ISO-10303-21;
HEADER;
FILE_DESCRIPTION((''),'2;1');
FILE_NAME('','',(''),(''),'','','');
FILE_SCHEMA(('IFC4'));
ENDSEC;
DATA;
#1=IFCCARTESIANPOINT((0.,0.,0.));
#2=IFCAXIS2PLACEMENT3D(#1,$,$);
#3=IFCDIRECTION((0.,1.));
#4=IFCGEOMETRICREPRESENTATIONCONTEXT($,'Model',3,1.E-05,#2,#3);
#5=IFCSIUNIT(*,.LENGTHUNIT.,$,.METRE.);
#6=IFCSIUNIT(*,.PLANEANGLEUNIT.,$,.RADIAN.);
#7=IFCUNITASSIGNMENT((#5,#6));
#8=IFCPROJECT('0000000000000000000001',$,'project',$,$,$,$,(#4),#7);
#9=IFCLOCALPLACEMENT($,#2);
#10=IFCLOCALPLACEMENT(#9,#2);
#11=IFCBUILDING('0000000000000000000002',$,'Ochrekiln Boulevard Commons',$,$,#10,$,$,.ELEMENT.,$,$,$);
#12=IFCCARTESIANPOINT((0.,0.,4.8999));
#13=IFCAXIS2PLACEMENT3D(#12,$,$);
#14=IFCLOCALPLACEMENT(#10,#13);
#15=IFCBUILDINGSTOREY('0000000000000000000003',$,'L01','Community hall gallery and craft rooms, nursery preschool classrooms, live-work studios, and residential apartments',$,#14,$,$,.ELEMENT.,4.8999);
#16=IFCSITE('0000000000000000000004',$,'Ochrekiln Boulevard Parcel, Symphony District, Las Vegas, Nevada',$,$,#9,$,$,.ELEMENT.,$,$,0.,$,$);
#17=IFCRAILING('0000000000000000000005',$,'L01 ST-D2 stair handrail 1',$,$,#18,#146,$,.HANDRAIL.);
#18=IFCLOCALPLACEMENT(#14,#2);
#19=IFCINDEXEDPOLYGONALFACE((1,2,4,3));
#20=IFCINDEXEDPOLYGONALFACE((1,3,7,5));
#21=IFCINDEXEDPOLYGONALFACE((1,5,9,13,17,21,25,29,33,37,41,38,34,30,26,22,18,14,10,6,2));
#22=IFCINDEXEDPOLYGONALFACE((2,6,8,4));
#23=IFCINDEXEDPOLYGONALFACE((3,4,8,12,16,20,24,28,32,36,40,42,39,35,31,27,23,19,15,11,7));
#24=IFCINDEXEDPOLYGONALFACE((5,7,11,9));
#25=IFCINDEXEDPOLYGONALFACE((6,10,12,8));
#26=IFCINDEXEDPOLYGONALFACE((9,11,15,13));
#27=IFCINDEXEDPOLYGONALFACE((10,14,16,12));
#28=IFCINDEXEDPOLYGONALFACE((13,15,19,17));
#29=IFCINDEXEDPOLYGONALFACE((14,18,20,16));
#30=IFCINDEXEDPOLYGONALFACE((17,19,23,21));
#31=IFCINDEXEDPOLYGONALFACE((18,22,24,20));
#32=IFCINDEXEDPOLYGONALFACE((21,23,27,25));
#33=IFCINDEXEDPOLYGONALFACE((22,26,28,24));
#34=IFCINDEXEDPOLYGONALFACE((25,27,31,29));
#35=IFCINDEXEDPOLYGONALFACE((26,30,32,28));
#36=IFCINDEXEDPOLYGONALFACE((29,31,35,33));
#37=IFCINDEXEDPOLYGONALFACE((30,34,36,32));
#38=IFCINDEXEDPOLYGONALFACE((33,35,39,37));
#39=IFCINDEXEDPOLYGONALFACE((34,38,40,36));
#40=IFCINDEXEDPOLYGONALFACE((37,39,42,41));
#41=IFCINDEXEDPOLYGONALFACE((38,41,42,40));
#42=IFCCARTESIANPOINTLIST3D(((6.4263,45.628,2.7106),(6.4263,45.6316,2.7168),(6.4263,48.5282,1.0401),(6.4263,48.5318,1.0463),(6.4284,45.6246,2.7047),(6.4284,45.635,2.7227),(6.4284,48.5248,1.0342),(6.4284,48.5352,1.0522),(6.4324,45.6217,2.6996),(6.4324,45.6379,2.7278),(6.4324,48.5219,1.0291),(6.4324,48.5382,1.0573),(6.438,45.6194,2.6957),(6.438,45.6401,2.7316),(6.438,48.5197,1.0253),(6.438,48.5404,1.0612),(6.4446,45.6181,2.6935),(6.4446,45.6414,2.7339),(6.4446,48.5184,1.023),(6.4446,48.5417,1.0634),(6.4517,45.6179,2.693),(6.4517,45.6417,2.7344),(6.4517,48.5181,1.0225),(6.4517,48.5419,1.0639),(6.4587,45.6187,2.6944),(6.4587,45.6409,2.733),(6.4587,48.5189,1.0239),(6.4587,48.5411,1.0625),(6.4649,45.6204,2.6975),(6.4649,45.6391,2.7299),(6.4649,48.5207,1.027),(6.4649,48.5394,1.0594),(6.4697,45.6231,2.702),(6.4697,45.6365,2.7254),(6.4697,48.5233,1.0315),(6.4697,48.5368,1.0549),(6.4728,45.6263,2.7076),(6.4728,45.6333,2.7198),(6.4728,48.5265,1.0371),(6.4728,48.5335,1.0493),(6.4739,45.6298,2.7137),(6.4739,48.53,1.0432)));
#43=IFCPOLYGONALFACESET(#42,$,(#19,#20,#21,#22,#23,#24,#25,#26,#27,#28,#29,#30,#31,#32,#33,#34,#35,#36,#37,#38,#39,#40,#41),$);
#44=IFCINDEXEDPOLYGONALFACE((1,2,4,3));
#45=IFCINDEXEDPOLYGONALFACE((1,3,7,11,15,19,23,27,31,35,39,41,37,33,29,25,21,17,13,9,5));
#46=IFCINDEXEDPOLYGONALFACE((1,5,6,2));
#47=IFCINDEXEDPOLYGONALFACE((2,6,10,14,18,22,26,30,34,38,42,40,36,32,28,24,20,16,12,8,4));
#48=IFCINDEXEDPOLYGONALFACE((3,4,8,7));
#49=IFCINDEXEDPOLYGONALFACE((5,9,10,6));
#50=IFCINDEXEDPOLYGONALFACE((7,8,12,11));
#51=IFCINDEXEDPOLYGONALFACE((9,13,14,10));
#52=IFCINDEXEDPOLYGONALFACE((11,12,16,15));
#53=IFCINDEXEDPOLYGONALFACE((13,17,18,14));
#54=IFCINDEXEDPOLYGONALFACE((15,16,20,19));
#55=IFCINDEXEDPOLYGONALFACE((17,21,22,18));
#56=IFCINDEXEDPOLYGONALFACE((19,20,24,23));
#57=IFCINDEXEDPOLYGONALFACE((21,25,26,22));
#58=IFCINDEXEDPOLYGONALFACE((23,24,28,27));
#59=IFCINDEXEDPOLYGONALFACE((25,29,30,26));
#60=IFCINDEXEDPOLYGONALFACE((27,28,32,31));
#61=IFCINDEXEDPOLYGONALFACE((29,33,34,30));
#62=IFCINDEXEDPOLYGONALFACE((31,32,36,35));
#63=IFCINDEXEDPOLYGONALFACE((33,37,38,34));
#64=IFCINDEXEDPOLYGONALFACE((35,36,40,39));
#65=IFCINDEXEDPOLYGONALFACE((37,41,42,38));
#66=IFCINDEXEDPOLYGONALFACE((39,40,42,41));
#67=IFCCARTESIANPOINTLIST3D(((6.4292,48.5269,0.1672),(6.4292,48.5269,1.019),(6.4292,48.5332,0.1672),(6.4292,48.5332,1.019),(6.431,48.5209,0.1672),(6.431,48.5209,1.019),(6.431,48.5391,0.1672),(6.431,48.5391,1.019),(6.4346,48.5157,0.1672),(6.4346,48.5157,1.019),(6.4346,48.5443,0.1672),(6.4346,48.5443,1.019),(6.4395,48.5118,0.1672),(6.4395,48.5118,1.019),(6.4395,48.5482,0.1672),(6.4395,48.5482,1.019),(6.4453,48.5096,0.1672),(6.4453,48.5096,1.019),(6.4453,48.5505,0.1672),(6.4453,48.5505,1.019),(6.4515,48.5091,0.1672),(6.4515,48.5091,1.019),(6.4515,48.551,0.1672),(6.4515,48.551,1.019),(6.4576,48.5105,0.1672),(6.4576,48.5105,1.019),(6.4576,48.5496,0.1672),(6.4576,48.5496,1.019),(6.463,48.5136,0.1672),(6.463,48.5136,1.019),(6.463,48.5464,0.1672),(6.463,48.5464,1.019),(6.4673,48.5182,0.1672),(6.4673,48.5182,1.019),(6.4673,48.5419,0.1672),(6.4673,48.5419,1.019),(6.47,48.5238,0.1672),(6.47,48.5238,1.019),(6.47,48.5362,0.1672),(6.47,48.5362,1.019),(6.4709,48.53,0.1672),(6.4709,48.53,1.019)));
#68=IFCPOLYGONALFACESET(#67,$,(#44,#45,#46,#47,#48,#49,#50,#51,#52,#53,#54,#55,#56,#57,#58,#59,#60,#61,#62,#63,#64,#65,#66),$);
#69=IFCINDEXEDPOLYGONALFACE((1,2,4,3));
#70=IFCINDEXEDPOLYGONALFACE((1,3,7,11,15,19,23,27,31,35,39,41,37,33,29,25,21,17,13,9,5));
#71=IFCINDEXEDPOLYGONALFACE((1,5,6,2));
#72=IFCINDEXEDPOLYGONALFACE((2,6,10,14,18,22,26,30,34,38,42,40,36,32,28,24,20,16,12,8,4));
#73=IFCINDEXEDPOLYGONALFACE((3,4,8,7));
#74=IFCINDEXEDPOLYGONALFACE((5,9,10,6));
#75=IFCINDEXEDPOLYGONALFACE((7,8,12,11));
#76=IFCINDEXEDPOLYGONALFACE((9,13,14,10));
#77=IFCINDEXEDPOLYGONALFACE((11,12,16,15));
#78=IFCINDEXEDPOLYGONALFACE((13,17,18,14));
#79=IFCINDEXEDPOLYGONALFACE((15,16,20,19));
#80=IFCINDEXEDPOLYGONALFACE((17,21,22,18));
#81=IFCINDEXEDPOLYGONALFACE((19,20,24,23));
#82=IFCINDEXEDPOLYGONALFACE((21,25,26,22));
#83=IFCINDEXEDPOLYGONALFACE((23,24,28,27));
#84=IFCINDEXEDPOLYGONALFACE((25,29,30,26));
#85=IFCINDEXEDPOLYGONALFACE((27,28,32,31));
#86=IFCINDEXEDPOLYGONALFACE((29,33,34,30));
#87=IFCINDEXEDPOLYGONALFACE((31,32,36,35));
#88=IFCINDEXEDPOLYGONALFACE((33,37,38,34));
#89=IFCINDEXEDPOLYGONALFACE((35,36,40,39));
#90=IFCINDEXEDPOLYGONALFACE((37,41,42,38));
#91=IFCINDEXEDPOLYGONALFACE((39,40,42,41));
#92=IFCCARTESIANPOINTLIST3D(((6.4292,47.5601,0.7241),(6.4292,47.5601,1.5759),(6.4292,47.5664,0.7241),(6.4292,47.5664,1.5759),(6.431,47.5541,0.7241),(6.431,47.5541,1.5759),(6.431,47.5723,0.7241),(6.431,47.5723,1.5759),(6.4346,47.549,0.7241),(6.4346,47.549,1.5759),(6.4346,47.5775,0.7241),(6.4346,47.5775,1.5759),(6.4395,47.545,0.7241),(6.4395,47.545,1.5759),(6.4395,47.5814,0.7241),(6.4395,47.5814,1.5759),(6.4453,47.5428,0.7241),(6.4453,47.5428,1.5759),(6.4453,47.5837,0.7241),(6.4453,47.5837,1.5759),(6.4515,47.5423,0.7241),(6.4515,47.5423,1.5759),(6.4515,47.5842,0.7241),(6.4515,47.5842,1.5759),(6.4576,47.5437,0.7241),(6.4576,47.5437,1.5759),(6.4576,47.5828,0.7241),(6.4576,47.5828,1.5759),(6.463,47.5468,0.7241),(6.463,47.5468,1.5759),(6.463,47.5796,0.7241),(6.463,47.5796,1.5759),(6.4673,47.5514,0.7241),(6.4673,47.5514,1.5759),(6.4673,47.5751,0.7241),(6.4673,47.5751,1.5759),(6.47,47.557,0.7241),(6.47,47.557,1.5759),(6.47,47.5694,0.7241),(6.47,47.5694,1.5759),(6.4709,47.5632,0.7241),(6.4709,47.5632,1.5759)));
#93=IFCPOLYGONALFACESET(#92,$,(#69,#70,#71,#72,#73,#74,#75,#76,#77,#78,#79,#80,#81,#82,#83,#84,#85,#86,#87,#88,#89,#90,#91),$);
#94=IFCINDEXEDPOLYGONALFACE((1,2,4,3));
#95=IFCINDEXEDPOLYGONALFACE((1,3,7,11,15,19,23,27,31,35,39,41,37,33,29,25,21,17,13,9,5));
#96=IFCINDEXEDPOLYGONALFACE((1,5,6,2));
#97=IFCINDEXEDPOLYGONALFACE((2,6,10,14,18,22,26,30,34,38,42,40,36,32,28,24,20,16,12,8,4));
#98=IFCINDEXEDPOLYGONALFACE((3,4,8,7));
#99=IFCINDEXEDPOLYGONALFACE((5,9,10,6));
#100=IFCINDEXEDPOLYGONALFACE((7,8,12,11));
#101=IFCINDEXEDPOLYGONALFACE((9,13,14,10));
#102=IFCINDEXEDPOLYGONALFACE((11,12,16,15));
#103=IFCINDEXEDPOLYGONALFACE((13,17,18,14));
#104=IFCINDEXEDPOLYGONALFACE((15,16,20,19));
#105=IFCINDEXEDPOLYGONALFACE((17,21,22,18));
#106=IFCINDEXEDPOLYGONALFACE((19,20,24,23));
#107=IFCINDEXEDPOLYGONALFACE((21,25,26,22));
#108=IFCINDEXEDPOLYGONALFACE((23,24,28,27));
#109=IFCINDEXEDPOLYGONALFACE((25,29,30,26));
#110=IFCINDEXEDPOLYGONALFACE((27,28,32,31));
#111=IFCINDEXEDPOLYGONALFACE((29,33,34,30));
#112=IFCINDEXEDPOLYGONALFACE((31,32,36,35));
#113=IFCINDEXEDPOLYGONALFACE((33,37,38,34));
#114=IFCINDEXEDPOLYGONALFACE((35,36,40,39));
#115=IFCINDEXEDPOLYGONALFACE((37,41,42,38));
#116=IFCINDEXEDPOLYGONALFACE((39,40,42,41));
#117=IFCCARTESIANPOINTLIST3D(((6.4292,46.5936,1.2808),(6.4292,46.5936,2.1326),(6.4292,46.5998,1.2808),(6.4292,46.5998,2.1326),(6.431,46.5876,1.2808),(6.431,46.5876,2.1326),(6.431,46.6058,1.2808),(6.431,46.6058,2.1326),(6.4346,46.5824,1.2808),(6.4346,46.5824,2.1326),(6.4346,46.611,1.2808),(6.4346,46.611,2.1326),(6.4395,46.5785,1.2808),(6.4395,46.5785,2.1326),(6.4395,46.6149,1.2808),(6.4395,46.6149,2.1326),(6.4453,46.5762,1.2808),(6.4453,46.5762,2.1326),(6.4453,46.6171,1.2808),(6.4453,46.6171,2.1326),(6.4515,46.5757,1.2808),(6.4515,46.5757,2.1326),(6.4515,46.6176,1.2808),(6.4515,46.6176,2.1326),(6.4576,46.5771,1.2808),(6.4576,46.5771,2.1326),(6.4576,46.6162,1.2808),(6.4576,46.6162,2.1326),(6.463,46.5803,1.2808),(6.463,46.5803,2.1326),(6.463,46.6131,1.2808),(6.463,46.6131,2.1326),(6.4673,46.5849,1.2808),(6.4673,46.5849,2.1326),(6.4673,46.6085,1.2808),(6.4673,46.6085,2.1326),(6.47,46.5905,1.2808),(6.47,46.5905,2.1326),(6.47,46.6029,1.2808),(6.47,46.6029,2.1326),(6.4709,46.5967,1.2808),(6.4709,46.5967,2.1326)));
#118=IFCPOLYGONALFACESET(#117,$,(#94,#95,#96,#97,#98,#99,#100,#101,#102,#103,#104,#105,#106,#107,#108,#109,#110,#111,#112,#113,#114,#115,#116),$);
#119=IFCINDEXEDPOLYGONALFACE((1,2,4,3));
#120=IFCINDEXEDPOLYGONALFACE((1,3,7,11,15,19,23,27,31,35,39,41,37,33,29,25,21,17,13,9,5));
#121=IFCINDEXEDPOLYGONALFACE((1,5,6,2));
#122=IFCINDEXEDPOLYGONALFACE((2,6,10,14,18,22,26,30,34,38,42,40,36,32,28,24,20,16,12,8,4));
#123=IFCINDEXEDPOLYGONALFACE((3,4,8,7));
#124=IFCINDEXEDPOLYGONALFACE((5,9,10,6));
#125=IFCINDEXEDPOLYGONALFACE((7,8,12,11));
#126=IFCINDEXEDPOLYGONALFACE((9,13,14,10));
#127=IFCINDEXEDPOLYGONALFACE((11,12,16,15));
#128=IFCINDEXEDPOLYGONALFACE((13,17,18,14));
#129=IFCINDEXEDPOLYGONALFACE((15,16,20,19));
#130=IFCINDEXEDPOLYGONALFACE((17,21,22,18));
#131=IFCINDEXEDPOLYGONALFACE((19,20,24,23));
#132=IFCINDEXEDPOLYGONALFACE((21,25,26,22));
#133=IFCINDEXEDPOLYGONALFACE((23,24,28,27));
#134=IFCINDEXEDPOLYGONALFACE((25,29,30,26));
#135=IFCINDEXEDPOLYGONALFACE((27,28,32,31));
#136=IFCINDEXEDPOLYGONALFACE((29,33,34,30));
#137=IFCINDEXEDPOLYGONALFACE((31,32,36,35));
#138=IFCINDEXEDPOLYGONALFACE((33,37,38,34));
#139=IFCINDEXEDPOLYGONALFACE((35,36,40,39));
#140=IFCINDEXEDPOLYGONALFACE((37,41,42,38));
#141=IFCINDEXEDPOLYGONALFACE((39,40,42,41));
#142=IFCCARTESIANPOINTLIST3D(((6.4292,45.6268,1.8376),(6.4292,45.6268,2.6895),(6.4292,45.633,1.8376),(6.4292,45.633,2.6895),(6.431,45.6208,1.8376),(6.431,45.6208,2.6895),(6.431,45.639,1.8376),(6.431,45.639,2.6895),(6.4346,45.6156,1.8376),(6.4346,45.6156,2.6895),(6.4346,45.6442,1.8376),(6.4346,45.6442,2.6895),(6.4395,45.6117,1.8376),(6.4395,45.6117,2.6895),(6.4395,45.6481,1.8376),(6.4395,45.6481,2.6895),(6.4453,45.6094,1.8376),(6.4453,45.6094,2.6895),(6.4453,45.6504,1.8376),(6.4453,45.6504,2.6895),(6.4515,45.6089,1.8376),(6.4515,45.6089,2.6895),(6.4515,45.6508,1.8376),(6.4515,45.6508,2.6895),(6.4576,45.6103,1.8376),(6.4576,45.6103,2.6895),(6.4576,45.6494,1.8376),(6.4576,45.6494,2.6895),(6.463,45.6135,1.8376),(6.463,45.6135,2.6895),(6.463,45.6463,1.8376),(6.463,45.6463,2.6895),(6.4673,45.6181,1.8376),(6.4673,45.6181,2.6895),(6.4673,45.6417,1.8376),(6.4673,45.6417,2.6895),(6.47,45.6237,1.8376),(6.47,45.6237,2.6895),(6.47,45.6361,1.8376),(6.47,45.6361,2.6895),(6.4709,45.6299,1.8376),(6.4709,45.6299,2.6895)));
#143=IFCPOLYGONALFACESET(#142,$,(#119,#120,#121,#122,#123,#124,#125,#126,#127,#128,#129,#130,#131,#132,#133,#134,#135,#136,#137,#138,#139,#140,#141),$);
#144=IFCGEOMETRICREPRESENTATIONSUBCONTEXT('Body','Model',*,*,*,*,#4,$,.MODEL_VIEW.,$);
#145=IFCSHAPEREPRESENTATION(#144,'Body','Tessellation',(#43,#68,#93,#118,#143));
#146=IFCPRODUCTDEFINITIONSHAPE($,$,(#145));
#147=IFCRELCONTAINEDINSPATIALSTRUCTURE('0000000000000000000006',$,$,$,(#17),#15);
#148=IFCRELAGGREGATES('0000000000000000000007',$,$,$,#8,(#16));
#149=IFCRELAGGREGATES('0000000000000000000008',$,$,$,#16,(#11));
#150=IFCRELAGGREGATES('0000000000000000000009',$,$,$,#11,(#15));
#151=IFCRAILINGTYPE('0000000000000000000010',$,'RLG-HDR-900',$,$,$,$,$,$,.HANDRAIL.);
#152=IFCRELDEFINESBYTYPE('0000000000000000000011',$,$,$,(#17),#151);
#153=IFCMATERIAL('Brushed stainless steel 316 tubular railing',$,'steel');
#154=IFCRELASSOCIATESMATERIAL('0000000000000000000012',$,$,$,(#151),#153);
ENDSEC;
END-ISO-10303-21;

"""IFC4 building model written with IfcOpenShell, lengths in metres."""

from ifc_helpers import new_model, si_unit, direction, frame, origin, origin_2d, place, context, subcontext, project, spatial, circle, extrude, material, type_object, element, save


model = new_model("IFC4")

# Units and contexts
model_context = context("Model", 3, precision=1e-05, world=origin(), true_north=direction((0.0, 1.0)))
body_context = subcontext(model_context, "Body", "Model", "MODEL_VIEW")
ifc_project = project(units=[si_unit("LENGTHUNIT", "METRE"), si_unit("PLANEANGLEUNIT", "RADIAN")], contexts=[model_context])

# Site, building, storey
site_placement = place(None, origin())
site = spatial("IfcSite", under=ifc_project, at=site_placement, Name="Ochrekiln Boulevard Parcel, Symphony District, Las Vegas, Nevada", CompositionType="ELEMENT", RefElevation=0.0)
building_placement = place(site_placement, origin())
building = spatial("IfcBuilding", under=site, at=building_placement, Name="Ochrekiln Boulevard Commons", CompositionType="ELEMENT")
storey_placement = place(building_placement, frame((0.0, 0.0, 4.8999)))
storey = spatial("IfcBuildingStorey", under=building, at=storey_placement, Name="L01", Description="Community hall gallery and craft rooms, nursery preschool classrooms, live-work studios, and residential apartments", CompositionType="ELEMENT", Elevation=4.8999)

# Railing
ifc_material_1 = material(Name="Brushed stainless steel 316 tubular railing", Category="steel")
railing_type_1 = type_object("IfcRailingType", Name="RLG-HDR-900", PredefinedType="HANDRAIL", material=ifc_material_1)
railing_1_placement = place(storey_placement, frame((6.45, 48.53, 0.1672)))
element("IfcRailing", 1, at=railing_1_placement, inside=storey, type_object=railing_type_1, Name="L01 ST-D2 stair handrail 1", PredefinedType="HANDRAIL", context=body_context, shape_type="SweptSolid", body=[
    extrude(circle(Radius=0.0239, at=origin_2d()), frame((0.0, 0.0, 0.876), z_axis=(0.0, -0.866541, 0.499106), x_axis=(1.0, 0.0, 0.0)), (0.0, 0.0, 1.0), 3.3469),
    extrude(circle(Radius=0.021, at=origin_2d()), origin(), (0.0, 0.0, 1.0), 0.8518),
    extrude(circle(Radius=0.021, at=origin_2d()), frame((0.0, -0.9668, 0.5569)), (0.0, 0.0, 1.0), 0.8518),
    extrude(circle(Radius=0.021, at=origin_2d()), frame((0.0, -1.9333, 1.1135)), (0.0, 0.0, 1.0), 0.8518),
    extrude(circle(Radius=0.021, at=origin_2d()), frame((0.0, -2.9001, 1.6704)), (0.0, 0.0, 1.0), 0.8518),
])

save(model, "model.ifc")
